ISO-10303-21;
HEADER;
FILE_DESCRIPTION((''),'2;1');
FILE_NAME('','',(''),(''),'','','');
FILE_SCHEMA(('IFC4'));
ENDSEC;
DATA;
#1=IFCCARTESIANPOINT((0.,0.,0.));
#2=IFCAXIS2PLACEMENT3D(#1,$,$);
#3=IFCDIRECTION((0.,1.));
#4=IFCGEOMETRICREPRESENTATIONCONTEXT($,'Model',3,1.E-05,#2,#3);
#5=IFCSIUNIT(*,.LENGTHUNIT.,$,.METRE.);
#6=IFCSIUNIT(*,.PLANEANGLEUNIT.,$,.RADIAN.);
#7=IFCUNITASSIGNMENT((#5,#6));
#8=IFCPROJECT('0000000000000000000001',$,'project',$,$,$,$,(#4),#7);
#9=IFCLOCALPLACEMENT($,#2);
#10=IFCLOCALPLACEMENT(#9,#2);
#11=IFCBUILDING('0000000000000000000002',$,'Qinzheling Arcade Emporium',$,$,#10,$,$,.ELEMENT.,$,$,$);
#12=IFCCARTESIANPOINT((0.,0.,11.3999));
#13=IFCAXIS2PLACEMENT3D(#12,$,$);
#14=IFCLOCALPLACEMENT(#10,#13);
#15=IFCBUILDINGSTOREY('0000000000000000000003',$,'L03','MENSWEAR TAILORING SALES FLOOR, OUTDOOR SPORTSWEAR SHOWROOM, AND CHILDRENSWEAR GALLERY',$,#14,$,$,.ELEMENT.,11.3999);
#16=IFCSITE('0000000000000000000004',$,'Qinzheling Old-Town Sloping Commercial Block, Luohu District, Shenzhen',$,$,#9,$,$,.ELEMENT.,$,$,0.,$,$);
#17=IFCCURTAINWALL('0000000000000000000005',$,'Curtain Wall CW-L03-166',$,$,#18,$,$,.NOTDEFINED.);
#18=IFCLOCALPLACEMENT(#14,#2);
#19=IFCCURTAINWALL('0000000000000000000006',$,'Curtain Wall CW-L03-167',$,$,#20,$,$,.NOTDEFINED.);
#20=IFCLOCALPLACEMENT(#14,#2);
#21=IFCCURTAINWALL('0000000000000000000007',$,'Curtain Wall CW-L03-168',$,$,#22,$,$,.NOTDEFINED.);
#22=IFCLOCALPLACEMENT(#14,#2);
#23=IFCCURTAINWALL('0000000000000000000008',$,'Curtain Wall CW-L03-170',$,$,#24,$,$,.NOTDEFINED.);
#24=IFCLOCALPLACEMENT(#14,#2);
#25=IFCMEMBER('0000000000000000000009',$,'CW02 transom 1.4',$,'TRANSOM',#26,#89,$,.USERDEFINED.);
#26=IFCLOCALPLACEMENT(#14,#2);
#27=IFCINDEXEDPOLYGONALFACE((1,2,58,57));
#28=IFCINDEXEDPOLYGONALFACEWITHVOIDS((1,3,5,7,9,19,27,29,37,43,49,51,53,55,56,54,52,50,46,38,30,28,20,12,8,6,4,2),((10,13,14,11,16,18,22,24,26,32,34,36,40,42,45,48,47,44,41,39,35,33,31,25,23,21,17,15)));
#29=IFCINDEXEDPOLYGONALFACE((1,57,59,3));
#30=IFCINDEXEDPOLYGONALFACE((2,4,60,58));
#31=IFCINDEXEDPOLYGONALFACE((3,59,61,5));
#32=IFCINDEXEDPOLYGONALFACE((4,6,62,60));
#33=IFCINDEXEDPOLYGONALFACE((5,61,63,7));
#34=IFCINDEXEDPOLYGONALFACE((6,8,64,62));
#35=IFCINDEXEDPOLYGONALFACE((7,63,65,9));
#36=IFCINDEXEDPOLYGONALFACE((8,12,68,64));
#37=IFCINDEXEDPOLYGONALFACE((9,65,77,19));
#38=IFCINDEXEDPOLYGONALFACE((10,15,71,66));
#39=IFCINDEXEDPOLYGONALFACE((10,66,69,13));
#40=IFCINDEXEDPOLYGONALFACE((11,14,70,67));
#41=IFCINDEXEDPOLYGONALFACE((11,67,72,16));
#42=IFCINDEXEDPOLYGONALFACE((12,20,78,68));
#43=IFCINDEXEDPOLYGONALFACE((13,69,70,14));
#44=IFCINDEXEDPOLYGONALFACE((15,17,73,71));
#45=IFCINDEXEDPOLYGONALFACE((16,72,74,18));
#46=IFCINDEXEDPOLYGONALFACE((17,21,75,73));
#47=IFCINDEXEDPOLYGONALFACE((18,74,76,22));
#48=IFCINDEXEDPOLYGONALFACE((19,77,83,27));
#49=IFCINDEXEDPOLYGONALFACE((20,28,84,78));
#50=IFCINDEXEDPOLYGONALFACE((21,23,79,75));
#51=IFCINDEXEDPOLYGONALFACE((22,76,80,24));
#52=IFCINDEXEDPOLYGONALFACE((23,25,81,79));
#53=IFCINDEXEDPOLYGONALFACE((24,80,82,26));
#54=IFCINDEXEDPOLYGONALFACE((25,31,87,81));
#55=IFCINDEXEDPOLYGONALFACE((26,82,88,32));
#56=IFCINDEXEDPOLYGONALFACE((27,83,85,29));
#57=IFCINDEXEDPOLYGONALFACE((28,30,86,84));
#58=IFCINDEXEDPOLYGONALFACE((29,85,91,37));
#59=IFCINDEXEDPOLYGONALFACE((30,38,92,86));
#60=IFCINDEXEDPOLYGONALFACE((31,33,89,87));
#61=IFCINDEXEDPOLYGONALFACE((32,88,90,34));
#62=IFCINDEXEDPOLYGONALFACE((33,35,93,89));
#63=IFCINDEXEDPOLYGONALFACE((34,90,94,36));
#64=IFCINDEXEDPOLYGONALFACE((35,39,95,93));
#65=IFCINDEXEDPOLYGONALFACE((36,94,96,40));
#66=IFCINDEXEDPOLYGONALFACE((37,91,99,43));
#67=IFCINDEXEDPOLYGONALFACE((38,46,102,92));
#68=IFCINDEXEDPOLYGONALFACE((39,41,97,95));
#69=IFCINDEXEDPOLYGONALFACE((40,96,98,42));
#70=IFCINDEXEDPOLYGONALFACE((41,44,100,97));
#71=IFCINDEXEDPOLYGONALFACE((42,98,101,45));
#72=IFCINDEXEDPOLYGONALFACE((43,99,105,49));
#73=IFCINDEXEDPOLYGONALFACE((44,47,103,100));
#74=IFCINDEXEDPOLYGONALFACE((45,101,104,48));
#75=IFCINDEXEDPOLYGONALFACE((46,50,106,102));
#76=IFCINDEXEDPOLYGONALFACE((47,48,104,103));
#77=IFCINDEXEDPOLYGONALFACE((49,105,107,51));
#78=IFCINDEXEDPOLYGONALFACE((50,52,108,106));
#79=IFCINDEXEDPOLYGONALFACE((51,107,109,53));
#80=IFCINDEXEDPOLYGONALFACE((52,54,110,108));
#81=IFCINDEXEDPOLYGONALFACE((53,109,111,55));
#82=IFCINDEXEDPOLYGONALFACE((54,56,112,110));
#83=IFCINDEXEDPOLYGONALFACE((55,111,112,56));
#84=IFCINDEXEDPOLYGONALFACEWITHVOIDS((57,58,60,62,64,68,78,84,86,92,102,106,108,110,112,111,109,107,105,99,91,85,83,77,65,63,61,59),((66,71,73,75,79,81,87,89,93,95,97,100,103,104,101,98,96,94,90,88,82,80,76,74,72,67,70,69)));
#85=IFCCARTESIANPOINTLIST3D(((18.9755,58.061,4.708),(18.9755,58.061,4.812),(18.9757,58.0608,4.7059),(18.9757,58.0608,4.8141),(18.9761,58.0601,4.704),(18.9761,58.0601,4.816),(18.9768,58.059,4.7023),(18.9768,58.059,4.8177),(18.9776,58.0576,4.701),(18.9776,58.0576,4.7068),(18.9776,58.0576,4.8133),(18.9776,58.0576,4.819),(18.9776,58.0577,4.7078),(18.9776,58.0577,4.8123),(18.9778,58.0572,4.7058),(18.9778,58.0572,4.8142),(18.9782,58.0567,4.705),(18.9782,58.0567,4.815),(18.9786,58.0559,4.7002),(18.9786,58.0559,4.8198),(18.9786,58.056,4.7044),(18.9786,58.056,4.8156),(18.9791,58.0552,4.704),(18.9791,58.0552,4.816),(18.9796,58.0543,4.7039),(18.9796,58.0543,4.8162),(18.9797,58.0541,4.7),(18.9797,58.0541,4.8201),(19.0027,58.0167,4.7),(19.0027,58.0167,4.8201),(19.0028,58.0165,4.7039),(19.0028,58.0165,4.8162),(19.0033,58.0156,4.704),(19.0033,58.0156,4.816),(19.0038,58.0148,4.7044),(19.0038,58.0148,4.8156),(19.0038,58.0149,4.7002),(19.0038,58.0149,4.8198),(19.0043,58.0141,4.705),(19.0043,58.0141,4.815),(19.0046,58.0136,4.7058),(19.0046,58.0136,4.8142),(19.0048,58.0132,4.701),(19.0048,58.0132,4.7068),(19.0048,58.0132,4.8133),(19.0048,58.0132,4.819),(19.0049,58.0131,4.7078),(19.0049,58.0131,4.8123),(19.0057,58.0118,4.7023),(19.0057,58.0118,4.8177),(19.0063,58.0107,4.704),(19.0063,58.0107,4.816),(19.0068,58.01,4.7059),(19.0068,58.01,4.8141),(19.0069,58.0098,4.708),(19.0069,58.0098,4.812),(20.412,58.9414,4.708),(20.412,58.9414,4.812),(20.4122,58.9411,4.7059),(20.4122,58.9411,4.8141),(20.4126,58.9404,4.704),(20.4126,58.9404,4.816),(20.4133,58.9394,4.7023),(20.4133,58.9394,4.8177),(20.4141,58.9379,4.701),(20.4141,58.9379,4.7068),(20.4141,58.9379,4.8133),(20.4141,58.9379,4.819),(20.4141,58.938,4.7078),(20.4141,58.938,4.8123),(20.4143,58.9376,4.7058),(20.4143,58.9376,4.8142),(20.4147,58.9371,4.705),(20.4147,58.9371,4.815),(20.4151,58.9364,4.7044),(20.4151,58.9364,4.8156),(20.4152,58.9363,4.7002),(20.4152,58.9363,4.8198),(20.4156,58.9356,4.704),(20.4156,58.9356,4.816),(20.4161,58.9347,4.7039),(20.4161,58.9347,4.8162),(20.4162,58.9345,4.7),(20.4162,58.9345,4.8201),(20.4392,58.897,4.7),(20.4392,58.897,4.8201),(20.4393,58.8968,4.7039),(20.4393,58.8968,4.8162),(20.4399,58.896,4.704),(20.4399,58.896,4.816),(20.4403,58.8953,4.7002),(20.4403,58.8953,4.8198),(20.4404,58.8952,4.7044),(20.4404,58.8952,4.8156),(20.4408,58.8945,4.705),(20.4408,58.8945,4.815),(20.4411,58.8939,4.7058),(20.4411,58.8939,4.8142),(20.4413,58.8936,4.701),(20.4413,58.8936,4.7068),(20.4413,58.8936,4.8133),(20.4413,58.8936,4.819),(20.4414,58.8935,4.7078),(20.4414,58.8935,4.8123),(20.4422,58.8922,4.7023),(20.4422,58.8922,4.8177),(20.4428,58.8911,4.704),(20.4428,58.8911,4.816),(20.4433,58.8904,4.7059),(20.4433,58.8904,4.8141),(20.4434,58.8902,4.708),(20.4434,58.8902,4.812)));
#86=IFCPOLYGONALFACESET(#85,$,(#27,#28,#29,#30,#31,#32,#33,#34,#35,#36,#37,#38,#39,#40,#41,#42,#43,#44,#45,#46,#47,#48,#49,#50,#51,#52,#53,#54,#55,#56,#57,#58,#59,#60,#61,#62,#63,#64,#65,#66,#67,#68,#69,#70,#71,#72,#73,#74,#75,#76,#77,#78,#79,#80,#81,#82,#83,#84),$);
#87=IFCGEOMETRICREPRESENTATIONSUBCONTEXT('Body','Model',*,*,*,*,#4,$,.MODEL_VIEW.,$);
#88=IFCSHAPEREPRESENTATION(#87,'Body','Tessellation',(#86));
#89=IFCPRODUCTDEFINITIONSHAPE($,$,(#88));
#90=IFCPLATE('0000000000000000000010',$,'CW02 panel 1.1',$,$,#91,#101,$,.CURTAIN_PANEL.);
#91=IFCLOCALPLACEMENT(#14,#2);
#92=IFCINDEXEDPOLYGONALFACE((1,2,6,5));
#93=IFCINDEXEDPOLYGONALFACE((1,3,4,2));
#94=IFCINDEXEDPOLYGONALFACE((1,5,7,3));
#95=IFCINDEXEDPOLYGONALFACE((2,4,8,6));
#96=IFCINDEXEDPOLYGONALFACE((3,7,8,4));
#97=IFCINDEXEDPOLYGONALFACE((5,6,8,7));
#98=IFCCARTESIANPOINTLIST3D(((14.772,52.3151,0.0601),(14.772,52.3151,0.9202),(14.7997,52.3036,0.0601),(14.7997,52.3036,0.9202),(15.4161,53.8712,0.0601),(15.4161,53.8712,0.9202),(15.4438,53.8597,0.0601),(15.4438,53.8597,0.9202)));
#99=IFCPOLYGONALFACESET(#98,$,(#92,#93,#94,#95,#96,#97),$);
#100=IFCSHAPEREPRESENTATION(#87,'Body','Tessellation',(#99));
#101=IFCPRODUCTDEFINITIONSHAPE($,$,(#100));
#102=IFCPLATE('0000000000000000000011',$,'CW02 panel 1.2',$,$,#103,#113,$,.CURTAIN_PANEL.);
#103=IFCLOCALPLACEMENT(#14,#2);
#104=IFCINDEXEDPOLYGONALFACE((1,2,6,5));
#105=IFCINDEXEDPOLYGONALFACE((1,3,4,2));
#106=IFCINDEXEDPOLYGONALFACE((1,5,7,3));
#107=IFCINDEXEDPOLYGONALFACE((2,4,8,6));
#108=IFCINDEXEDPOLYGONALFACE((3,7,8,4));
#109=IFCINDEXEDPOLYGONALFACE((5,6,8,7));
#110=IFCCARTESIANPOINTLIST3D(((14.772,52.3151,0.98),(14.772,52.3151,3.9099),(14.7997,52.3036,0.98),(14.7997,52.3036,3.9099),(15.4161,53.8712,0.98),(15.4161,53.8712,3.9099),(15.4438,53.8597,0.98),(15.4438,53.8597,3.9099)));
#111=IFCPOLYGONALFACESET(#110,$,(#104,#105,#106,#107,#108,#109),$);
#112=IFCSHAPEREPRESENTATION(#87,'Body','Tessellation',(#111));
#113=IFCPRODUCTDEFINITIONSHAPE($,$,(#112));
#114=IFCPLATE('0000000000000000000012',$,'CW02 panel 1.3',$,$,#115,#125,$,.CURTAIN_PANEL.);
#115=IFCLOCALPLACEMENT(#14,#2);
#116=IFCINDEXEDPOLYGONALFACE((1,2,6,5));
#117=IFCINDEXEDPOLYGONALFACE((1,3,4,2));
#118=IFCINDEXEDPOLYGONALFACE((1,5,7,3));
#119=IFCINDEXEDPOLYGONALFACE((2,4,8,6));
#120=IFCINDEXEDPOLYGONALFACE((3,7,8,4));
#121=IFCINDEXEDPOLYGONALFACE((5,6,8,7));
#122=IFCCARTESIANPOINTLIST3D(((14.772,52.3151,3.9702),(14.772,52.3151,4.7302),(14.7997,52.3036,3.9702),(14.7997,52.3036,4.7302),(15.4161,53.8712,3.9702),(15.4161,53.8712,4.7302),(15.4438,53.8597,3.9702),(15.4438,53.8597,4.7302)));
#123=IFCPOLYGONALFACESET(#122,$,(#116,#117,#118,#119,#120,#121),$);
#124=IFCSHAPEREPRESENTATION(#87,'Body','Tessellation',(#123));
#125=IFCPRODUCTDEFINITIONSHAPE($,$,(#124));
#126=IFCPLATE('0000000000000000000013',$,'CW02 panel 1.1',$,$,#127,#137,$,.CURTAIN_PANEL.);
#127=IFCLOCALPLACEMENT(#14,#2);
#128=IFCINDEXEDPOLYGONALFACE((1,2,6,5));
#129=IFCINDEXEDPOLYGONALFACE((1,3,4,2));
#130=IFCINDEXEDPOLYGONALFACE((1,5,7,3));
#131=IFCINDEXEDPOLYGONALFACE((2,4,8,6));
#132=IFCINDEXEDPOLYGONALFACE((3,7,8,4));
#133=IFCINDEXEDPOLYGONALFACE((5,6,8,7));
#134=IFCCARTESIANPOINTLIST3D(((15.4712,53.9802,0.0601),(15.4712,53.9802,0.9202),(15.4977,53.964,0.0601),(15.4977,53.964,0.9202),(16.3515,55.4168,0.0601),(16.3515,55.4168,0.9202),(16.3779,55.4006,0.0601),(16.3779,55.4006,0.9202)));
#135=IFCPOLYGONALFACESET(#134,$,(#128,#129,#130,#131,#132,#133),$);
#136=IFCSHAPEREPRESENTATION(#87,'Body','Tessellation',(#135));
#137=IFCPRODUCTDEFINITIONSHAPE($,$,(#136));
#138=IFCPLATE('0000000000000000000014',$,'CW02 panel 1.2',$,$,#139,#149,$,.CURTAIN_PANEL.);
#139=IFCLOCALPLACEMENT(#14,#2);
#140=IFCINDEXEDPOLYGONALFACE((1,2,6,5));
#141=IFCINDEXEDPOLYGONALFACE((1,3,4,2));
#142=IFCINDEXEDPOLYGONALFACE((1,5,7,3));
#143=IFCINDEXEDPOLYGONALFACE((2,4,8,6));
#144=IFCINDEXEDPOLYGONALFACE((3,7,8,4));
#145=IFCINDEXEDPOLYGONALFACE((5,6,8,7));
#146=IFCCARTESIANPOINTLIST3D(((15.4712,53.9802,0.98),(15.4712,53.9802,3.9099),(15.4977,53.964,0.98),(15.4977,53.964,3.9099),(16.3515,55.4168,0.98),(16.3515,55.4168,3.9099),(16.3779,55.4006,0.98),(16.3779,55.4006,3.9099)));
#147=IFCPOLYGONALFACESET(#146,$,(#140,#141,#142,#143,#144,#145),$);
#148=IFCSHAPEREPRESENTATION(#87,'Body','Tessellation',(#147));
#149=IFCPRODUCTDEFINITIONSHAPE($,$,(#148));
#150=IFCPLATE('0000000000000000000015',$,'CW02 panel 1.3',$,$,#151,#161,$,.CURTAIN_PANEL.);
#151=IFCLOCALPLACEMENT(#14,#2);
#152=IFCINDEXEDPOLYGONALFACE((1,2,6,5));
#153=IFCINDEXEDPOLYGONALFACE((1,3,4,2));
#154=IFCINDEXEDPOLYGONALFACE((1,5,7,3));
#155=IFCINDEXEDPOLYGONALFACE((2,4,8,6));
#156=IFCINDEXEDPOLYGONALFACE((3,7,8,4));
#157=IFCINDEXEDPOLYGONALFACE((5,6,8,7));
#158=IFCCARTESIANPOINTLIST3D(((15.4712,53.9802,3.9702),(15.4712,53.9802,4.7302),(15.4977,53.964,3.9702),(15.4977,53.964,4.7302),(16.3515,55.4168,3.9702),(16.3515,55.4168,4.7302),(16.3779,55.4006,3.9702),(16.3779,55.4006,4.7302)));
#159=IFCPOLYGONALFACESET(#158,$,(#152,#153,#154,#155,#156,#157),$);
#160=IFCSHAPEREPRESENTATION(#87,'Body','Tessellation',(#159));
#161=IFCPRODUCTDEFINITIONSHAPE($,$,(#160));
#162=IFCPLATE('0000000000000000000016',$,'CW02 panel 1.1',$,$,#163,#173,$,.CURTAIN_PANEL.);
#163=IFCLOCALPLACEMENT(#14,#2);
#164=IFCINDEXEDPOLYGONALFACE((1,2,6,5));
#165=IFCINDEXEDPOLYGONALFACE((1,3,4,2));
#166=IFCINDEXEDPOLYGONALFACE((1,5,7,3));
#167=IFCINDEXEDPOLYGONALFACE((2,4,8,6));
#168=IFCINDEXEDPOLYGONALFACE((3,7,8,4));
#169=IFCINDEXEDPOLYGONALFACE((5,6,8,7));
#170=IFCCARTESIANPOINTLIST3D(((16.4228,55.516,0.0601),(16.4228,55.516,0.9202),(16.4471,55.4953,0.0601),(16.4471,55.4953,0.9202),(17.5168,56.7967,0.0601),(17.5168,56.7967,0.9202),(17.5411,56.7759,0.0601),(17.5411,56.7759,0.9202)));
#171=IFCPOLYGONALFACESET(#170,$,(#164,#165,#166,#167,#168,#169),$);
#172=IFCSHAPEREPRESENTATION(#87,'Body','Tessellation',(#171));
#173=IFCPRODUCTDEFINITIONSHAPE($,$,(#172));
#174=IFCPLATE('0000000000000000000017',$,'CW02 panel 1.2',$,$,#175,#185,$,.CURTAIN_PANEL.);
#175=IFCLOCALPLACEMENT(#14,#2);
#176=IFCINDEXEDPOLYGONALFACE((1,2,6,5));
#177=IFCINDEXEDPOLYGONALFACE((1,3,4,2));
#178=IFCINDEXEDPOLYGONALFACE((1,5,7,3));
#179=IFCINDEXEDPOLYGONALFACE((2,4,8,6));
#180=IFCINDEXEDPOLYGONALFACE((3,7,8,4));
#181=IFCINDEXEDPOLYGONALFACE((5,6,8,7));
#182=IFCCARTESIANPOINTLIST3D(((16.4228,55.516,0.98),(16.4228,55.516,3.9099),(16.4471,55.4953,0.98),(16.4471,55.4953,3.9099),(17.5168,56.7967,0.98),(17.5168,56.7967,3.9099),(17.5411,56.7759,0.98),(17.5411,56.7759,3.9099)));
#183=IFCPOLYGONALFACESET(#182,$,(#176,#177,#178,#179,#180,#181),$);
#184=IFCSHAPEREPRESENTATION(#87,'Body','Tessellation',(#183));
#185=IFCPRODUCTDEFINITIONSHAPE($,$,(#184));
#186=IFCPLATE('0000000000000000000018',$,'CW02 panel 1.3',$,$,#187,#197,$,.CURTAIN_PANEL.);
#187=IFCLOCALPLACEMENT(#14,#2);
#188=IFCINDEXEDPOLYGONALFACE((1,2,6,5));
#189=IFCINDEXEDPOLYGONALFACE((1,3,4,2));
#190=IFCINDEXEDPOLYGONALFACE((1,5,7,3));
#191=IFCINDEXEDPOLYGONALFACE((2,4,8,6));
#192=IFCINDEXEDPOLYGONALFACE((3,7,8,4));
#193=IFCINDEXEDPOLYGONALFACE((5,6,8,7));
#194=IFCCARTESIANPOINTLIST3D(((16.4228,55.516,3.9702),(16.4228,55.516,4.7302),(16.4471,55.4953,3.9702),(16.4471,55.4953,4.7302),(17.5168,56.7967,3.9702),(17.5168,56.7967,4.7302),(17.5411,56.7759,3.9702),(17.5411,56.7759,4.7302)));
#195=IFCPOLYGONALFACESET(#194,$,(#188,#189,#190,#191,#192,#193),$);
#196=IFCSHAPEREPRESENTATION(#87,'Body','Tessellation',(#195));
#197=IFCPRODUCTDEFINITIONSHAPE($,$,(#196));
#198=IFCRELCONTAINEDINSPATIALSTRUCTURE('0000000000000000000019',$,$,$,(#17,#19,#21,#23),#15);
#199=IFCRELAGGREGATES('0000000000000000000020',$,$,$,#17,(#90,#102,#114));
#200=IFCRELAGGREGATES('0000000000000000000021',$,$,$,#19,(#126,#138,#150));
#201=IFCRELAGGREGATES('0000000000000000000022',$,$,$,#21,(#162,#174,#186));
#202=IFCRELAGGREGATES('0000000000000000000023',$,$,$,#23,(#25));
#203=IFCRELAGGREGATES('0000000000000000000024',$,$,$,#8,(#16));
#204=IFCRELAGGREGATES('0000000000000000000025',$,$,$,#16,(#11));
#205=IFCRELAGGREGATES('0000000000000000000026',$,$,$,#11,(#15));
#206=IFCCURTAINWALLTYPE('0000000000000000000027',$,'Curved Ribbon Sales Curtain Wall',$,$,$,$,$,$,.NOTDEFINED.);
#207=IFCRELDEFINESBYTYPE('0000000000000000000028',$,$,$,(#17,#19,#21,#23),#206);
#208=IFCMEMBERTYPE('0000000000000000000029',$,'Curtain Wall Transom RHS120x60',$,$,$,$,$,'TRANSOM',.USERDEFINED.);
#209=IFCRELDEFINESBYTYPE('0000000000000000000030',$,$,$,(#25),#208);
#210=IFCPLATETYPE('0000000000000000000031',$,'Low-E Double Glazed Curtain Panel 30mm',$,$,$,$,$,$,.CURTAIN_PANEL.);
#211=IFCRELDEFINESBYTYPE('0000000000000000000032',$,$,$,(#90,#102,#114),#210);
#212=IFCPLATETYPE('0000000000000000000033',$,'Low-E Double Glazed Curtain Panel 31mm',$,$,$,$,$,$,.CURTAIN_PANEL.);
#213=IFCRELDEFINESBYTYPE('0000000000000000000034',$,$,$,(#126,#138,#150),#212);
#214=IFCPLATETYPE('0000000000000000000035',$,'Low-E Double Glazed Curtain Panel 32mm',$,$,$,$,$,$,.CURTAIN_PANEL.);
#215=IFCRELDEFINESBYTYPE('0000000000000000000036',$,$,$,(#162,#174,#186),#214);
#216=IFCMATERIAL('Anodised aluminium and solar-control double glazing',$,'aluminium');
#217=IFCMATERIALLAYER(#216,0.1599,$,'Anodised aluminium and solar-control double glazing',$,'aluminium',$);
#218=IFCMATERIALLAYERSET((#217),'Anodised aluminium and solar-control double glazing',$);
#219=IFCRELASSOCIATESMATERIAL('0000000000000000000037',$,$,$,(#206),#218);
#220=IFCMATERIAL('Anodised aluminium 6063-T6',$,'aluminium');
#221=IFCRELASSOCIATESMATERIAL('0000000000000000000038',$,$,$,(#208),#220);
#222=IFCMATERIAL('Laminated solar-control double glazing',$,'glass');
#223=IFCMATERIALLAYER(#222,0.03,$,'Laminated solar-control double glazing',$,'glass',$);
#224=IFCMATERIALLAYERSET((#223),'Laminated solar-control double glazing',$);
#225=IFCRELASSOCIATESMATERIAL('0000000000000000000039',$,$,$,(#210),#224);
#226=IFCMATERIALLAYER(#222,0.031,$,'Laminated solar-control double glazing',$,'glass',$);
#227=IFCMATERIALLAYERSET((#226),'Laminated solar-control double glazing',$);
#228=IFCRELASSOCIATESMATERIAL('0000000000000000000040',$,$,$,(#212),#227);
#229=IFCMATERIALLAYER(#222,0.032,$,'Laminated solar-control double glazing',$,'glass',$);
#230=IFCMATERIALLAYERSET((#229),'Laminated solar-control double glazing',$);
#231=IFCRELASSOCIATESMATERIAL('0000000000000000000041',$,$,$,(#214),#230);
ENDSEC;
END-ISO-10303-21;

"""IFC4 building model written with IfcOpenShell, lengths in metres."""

from ifc_helpers import new_model, si_unit, direction, frame, origin, origin_2d, place, context, subcontext, project, spatial, rectangle, hollow_rectangle, extrude, material, layer, layer_set, material_profile, profile_set, type_object, element, aggregate, save


model = new_model("IFC4")

# Units and contexts
model_context = context("Model", 3, precision=1e-05, world=origin(), true_north=direction((0.0, 1.0)))
body_context = subcontext(model_context, "Body", "Model", "MODEL_VIEW")
ifc_project = project(units=[si_unit("LENGTHUNIT", "METRE"), si_unit("PLANEANGLEUNIT", "RADIAN")], contexts=[model_context])

# Site, building, storey
site_placement = place(None, origin())
site = spatial("IfcSite", under=ifc_project, at=site_placement, Name="Qinzheling Old-Town Sloping Commercial Block, Luohu District, Shenzhen", CompositionType="ELEMENT", RefElevation=0.0)
building_placement = place(site_placement, origin())
building = spatial("IfcBuilding", under=site, at=building_placement, Name="Qinzheling Arcade Emporium", CompositionType="ELEMENT")
storey_placement = place(building_placement, frame((0.0, 0.0, 11.3999)))
storey = spatial("IfcBuildingStorey", under=building, at=storey_placement, Name="L03", Description="MENSWEAR TAILORING SALES FLOOR, OUTDOOR SPORTSWEAR SHOWROOM, AND CHILDRENSWEAR GALLERY", CompositionType="ELEMENT", Elevation=11.3999)

# Curtain wall
ifc_material_1 = material(Name="Anodised aluminium and solar-control double glazing", Category="aluminium")
ifc_layer_1 = layer(ifc_material_1, 0.1599, Name="Anodised aluminium and solar-control double glazing", Category="aluminium")
ifc_layer_set_1 = layer_set([ifc_layer_1], Name="Anodised aluminium and solar-control double glazing")
curtain_wall_type = type_object("IfcCurtainWallType", Name="Curved Ribbon Sales Curtain Wall", PredefinedType="NOTDEFINED", material=ifc_layer_set_1)
curtain_wall_1_placement = place(storey_placement, origin())
curtain_wall_1 = element("IfcCurtainWall", 1, at=curtain_wall_1_placement, inside=storey, type_object=curtain_wall_type, Name="Curtain Wall CW-L03-166", PredefinedType="NOTDEFINED")
ifc_material_2 = material(Name="Anodised aluminium 6063-T6", Category="aluminium")

# Curtain walls
curtain_wall_2_placement = place(storey_placement, origin())
curtain_wall_2 = element("IfcCurtainWall", 2, at=curtain_wall_2_placement, inside=storey, type_object=curtain_wall_type, Name="Curtain Wall CW-L03-167", PredefinedType="NOTDEFINED")
curtain_wall_3_placement = place(storey_placement, origin())
curtain_wall_3 = element("IfcCurtainWall", 3, at=curtain_wall_3_placement, inside=storey, type_object=curtain_wall_type, Name="Curtain Wall CW-L03-168", PredefinedType="NOTDEFINED")

# Curtain wall
curtain_wall_4_placement = place(storey_placement, origin())
curtain_wall_4 = element("IfcCurtainWall", 4, at=curtain_wall_4_placement, inside=storey, type_object=curtain_wall_type, Name="Curtain Wall CW-L03-170", PredefinedType="NOTDEFINED")

# Member
ifc_material_profile_1 = material_profile(ifc_material_2, hollow_rectangle(XDim=0.0601, YDim=0.1201, WallThickness=0.0039, InnerFilletRadius=0.0039, OuterFilletRadius=0.0081, at=origin_2d()), Name="RHS 120x60x4", Category="aluminium")
ifc_profile_set_1 = profile_set([ifc_material_profile_1], Name="Anodised aluminium 6063-T6")
member_type_1 = type_object("IfcMemberType", Name="Curtain Wall Transom RHS120x60", ElementType="TRANSOM", PredefinedType="USERDEFINED", material=ifc_profile_set_1)
member_1_placement = place(storey_placement, frame((18.9912, 58.0354, 4.76), z_axis=(0.852622, 0.522528, 0.0), x_axis=(-0.522528, 0.852622, 0.0)))
member_1 = element("IfcMember", 5, at=member_1_placement, type_object=member_type_1, Name="CW02 transom 1.4", ObjectType="TRANSOM", PredefinedType="USERDEFINED", context=body_context, shape_type="SweptSolid", body=[
    extrude(hollow_rectangle(XDim=0.0601, YDim=0.1201, WallThickness=0.0039, InnerFilletRadius=0.0039, OuterFilletRadius=0.0081, at=origin_2d()), origin(), (0.0, 0.0, 1.0), 1.6848),
])

# Plates
ifc_material_3 = material(Name="Laminated solar-control double glazing", Category="glass")
ifc_layer_2 = layer(ifc_material_3, 0.03, Name="Laminated solar-control double glazing", Category="glass")
ifc_layer_set_2 = layer_set([ifc_layer_2], Name="Laminated solar-control double glazing")
plate_type_1 = type_object("IfcPlateType", Name="Low-E Double Glazed Curtain Panel 30mm", PredefinedType="CURTAIN_PANEL", material=ifc_layer_set_2)
plate_1_placement = place(storey_placement, frame((15.1079, 53.0874, 0.0601), z_axis=(0.0, 0.0, 1.0), x_axis=(0.38245, 0.923976, 0.0)))
plate_1 = element("IfcPlate", 6, at=plate_1_placement, type_object=plate_type_1, Name="CW02 panel 1.1", PredefinedType="CURTAIN_PANEL", context=body_context, shape_type="SweptSolid", body=[
    extrude(rectangle(XDim=1.6841, YDim=0.03, at=origin_2d()), origin(), (0.0, 0.0, 1.0), 0.8601),
])
plate_2_placement = place(storey_placement, frame((15.1079, 53.0874, 0.98), z_axis=(0.0, 0.0, 1.0), x_axis=(0.38245, 0.923976, 0.0)))
plate_2 = element("IfcPlate", 7, at=plate_2_placement, type_object=plate_type_1, Name="CW02 panel 1.2", PredefinedType="CURTAIN_PANEL", context=body_context, shape_type="SweptSolid", body=[
    extrude(rectangle(XDim=1.6841, YDim=0.03, at=origin_2d()), origin(), (0.0, 0.0, 1.0), 2.9299),
])
plate_3_placement = place(storey_placement, frame((15.1079, 53.0874, 3.9702), z_axis=(0.0, 0.0, 1.0), x_axis=(0.38245, 0.923976, 0.0)))
plate_3 = element("IfcPlate", 8, at=plate_3_placement, type_object=plate_type_1, Name="CW02 panel 1.3", PredefinedType="CURTAIN_PANEL", context=body_context, shape_type="SweptSolid", body=[
    extrude(rectangle(XDim=1.6841, YDim=0.03, at=origin_2d()), origin(), (0.0, 0.0, 1.0), 0.76),
])
aggregate(curtain_wall_1, [plate_1, plate_2, plate_3])
ifc_layer_3 = layer(ifc_material_3, 0.031, Name="Laminated solar-control double glazing", Category="glass")
ifc_layer_set_3 = layer_set([ifc_layer_3], Name="Laminated solar-control double glazing")
plate_type_2 = type_object("IfcPlateType", Name="Low-E Double Glazed Curtain Panel 31mm", PredefinedType="CURTAIN_PANEL", material=ifc_layer_set_3)
plate_4_placement = place(storey_placement, frame((15.9246, 54.6904, 0.0601), z_axis=(0.0, 0.0, 1.0), x_axis=(0.522458, 0.852665, 0.0)))
plate_4 = element("IfcPlate", 9, at=plate_4_placement, type_object=plate_type_2, Name="CW02 panel 1.1", PredefinedType="CURTAIN_PANEL", context=body_context, shape_type="SweptSolid", body=[
    extrude(rectangle(XDim=1.6848, YDim=0.031, at=origin_2d()), origin(), (0.0, 0.0, 1.0), 0.8601),
])
plate_5_placement = place(storey_placement, frame((15.9246, 54.6904, 0.98), z_axis=(0.0, 0.0, 1.0), x_axis=(0.522458, 0.852665, 0.0)))
plate_5 = element("IfcPlate", 10, at=plate_5_placement, type_object=plate_type_2, Name="CW02 panel 1.2", PredefinedType="CURTAIN_PANEL", context=body_context, shape_type="SweptSolid", body=[
    extrude(rectangle(XDim=1.6848, YDim=0.031, at=origin_2d()), origin(), (0.0, 0.0, 1.0), 2.9299),
])
plate_6_placement = place(storey_placement, frame((15.9246, 54.6904, 3.9702), z_axis=(0.0, 0.0, 1.0), x_axis=(0.522458, 0.852665, 0.0)))
plate_6 = element("IfcPlate", 11, at=plate_6_placement, type_object=plate_type_2, Name="CW02 panel 1.3", PredefinedType="CURTAIN_PANEL", context=body_context, shape_type="SweptSolid", body=[
    extrude(rectangle(XDim=1.6848, YDim=0.031, at=origin_2d()), origin(), (0.0, 0.0, 1.0), 0.76),
])
aggregate(curtain_wall_2, [plate_4, plate_5, plate_6])
ifc_layer_4 = layer(ifc_material_3, 0.032, Name="Laminated solar-control double glazing", Category="glass")
ifc_layer_set_4 = layer_set([ifc_layer_4], Name="Laminated solar-control double glazing")
plate_type_3 = type_object("IfcPlateType", Name="Low-E Double Glazed Curtain Panel 32mm", PredefinedType="CURTAIN_PANEL", material=ifc_layer_set_4)
plate_7_placement = place(storey_placement, frame((16.9819, 56.146, 0.0601), z_axis=(0.0, 0.0, 1.0), x_axis=(0.649513, 0.760351, 0.0)))
plate_7 = element("IfcPlate", 12, at=plate_7_placement, type_object=plate_type_3, Name="CW02 panel 1.1", PredefinedType="CURTAIN_PANEL", context=body_context, shape_type="SweptSolid", body=[
    extrude(rectangle(XDim=1.6843, YDim=0.032, at=origin_2d()), origin(), (0.0, 0.0, 1.0), 0.8601),
])
plate_8_placement = place(storey_placement, frame((16.9819, 56.146, 0.98), z_axis=(0.0, 0.0, 1.0), x_axis=(0.649513, 0.760351, 0.0)))
plate_8 = element("IfcPlate", 13, at=plate_8_placement, type_object=plate_type_3, Name="CW02 panel 1.2", PredefinedType="CURTAIN_PANEL", context=body_context, shape_type="SweptSolid", body=[
    extrude(rectangle(XDim=1.6843, YDim=0.032, at=origin_2d()), origin(), (0.0, 0.0, 1.0), 2.9299),
])
plate_9_placement = place(storey_placement, frame((16.9819, 56.146, 3.9702), z_axis=(0.0, 0.0, 1.0), x_axis=(0.649513, 0.760351, 0.0)))
plate_9 = element("IfcPlate", 14, at=plate_9_placement, type_object=plate_type_3, Name="CW02 panel 1.3", PredefinedType="CURTAIN_PANEL", context=body_context, shape_type="SweptSolid", body=[
    extrude(rectangle(XDim=1.6843, YDim=0.032, at=origin_2d()), origin(), (0.0, 0.0, 1.0), 0.76),
])
aggregate(curtain_wall_3, [plate_7, plate_8, plate_9])
aggregate(curtain_wall_4, [member_1])

save(model, "model.ifc")
